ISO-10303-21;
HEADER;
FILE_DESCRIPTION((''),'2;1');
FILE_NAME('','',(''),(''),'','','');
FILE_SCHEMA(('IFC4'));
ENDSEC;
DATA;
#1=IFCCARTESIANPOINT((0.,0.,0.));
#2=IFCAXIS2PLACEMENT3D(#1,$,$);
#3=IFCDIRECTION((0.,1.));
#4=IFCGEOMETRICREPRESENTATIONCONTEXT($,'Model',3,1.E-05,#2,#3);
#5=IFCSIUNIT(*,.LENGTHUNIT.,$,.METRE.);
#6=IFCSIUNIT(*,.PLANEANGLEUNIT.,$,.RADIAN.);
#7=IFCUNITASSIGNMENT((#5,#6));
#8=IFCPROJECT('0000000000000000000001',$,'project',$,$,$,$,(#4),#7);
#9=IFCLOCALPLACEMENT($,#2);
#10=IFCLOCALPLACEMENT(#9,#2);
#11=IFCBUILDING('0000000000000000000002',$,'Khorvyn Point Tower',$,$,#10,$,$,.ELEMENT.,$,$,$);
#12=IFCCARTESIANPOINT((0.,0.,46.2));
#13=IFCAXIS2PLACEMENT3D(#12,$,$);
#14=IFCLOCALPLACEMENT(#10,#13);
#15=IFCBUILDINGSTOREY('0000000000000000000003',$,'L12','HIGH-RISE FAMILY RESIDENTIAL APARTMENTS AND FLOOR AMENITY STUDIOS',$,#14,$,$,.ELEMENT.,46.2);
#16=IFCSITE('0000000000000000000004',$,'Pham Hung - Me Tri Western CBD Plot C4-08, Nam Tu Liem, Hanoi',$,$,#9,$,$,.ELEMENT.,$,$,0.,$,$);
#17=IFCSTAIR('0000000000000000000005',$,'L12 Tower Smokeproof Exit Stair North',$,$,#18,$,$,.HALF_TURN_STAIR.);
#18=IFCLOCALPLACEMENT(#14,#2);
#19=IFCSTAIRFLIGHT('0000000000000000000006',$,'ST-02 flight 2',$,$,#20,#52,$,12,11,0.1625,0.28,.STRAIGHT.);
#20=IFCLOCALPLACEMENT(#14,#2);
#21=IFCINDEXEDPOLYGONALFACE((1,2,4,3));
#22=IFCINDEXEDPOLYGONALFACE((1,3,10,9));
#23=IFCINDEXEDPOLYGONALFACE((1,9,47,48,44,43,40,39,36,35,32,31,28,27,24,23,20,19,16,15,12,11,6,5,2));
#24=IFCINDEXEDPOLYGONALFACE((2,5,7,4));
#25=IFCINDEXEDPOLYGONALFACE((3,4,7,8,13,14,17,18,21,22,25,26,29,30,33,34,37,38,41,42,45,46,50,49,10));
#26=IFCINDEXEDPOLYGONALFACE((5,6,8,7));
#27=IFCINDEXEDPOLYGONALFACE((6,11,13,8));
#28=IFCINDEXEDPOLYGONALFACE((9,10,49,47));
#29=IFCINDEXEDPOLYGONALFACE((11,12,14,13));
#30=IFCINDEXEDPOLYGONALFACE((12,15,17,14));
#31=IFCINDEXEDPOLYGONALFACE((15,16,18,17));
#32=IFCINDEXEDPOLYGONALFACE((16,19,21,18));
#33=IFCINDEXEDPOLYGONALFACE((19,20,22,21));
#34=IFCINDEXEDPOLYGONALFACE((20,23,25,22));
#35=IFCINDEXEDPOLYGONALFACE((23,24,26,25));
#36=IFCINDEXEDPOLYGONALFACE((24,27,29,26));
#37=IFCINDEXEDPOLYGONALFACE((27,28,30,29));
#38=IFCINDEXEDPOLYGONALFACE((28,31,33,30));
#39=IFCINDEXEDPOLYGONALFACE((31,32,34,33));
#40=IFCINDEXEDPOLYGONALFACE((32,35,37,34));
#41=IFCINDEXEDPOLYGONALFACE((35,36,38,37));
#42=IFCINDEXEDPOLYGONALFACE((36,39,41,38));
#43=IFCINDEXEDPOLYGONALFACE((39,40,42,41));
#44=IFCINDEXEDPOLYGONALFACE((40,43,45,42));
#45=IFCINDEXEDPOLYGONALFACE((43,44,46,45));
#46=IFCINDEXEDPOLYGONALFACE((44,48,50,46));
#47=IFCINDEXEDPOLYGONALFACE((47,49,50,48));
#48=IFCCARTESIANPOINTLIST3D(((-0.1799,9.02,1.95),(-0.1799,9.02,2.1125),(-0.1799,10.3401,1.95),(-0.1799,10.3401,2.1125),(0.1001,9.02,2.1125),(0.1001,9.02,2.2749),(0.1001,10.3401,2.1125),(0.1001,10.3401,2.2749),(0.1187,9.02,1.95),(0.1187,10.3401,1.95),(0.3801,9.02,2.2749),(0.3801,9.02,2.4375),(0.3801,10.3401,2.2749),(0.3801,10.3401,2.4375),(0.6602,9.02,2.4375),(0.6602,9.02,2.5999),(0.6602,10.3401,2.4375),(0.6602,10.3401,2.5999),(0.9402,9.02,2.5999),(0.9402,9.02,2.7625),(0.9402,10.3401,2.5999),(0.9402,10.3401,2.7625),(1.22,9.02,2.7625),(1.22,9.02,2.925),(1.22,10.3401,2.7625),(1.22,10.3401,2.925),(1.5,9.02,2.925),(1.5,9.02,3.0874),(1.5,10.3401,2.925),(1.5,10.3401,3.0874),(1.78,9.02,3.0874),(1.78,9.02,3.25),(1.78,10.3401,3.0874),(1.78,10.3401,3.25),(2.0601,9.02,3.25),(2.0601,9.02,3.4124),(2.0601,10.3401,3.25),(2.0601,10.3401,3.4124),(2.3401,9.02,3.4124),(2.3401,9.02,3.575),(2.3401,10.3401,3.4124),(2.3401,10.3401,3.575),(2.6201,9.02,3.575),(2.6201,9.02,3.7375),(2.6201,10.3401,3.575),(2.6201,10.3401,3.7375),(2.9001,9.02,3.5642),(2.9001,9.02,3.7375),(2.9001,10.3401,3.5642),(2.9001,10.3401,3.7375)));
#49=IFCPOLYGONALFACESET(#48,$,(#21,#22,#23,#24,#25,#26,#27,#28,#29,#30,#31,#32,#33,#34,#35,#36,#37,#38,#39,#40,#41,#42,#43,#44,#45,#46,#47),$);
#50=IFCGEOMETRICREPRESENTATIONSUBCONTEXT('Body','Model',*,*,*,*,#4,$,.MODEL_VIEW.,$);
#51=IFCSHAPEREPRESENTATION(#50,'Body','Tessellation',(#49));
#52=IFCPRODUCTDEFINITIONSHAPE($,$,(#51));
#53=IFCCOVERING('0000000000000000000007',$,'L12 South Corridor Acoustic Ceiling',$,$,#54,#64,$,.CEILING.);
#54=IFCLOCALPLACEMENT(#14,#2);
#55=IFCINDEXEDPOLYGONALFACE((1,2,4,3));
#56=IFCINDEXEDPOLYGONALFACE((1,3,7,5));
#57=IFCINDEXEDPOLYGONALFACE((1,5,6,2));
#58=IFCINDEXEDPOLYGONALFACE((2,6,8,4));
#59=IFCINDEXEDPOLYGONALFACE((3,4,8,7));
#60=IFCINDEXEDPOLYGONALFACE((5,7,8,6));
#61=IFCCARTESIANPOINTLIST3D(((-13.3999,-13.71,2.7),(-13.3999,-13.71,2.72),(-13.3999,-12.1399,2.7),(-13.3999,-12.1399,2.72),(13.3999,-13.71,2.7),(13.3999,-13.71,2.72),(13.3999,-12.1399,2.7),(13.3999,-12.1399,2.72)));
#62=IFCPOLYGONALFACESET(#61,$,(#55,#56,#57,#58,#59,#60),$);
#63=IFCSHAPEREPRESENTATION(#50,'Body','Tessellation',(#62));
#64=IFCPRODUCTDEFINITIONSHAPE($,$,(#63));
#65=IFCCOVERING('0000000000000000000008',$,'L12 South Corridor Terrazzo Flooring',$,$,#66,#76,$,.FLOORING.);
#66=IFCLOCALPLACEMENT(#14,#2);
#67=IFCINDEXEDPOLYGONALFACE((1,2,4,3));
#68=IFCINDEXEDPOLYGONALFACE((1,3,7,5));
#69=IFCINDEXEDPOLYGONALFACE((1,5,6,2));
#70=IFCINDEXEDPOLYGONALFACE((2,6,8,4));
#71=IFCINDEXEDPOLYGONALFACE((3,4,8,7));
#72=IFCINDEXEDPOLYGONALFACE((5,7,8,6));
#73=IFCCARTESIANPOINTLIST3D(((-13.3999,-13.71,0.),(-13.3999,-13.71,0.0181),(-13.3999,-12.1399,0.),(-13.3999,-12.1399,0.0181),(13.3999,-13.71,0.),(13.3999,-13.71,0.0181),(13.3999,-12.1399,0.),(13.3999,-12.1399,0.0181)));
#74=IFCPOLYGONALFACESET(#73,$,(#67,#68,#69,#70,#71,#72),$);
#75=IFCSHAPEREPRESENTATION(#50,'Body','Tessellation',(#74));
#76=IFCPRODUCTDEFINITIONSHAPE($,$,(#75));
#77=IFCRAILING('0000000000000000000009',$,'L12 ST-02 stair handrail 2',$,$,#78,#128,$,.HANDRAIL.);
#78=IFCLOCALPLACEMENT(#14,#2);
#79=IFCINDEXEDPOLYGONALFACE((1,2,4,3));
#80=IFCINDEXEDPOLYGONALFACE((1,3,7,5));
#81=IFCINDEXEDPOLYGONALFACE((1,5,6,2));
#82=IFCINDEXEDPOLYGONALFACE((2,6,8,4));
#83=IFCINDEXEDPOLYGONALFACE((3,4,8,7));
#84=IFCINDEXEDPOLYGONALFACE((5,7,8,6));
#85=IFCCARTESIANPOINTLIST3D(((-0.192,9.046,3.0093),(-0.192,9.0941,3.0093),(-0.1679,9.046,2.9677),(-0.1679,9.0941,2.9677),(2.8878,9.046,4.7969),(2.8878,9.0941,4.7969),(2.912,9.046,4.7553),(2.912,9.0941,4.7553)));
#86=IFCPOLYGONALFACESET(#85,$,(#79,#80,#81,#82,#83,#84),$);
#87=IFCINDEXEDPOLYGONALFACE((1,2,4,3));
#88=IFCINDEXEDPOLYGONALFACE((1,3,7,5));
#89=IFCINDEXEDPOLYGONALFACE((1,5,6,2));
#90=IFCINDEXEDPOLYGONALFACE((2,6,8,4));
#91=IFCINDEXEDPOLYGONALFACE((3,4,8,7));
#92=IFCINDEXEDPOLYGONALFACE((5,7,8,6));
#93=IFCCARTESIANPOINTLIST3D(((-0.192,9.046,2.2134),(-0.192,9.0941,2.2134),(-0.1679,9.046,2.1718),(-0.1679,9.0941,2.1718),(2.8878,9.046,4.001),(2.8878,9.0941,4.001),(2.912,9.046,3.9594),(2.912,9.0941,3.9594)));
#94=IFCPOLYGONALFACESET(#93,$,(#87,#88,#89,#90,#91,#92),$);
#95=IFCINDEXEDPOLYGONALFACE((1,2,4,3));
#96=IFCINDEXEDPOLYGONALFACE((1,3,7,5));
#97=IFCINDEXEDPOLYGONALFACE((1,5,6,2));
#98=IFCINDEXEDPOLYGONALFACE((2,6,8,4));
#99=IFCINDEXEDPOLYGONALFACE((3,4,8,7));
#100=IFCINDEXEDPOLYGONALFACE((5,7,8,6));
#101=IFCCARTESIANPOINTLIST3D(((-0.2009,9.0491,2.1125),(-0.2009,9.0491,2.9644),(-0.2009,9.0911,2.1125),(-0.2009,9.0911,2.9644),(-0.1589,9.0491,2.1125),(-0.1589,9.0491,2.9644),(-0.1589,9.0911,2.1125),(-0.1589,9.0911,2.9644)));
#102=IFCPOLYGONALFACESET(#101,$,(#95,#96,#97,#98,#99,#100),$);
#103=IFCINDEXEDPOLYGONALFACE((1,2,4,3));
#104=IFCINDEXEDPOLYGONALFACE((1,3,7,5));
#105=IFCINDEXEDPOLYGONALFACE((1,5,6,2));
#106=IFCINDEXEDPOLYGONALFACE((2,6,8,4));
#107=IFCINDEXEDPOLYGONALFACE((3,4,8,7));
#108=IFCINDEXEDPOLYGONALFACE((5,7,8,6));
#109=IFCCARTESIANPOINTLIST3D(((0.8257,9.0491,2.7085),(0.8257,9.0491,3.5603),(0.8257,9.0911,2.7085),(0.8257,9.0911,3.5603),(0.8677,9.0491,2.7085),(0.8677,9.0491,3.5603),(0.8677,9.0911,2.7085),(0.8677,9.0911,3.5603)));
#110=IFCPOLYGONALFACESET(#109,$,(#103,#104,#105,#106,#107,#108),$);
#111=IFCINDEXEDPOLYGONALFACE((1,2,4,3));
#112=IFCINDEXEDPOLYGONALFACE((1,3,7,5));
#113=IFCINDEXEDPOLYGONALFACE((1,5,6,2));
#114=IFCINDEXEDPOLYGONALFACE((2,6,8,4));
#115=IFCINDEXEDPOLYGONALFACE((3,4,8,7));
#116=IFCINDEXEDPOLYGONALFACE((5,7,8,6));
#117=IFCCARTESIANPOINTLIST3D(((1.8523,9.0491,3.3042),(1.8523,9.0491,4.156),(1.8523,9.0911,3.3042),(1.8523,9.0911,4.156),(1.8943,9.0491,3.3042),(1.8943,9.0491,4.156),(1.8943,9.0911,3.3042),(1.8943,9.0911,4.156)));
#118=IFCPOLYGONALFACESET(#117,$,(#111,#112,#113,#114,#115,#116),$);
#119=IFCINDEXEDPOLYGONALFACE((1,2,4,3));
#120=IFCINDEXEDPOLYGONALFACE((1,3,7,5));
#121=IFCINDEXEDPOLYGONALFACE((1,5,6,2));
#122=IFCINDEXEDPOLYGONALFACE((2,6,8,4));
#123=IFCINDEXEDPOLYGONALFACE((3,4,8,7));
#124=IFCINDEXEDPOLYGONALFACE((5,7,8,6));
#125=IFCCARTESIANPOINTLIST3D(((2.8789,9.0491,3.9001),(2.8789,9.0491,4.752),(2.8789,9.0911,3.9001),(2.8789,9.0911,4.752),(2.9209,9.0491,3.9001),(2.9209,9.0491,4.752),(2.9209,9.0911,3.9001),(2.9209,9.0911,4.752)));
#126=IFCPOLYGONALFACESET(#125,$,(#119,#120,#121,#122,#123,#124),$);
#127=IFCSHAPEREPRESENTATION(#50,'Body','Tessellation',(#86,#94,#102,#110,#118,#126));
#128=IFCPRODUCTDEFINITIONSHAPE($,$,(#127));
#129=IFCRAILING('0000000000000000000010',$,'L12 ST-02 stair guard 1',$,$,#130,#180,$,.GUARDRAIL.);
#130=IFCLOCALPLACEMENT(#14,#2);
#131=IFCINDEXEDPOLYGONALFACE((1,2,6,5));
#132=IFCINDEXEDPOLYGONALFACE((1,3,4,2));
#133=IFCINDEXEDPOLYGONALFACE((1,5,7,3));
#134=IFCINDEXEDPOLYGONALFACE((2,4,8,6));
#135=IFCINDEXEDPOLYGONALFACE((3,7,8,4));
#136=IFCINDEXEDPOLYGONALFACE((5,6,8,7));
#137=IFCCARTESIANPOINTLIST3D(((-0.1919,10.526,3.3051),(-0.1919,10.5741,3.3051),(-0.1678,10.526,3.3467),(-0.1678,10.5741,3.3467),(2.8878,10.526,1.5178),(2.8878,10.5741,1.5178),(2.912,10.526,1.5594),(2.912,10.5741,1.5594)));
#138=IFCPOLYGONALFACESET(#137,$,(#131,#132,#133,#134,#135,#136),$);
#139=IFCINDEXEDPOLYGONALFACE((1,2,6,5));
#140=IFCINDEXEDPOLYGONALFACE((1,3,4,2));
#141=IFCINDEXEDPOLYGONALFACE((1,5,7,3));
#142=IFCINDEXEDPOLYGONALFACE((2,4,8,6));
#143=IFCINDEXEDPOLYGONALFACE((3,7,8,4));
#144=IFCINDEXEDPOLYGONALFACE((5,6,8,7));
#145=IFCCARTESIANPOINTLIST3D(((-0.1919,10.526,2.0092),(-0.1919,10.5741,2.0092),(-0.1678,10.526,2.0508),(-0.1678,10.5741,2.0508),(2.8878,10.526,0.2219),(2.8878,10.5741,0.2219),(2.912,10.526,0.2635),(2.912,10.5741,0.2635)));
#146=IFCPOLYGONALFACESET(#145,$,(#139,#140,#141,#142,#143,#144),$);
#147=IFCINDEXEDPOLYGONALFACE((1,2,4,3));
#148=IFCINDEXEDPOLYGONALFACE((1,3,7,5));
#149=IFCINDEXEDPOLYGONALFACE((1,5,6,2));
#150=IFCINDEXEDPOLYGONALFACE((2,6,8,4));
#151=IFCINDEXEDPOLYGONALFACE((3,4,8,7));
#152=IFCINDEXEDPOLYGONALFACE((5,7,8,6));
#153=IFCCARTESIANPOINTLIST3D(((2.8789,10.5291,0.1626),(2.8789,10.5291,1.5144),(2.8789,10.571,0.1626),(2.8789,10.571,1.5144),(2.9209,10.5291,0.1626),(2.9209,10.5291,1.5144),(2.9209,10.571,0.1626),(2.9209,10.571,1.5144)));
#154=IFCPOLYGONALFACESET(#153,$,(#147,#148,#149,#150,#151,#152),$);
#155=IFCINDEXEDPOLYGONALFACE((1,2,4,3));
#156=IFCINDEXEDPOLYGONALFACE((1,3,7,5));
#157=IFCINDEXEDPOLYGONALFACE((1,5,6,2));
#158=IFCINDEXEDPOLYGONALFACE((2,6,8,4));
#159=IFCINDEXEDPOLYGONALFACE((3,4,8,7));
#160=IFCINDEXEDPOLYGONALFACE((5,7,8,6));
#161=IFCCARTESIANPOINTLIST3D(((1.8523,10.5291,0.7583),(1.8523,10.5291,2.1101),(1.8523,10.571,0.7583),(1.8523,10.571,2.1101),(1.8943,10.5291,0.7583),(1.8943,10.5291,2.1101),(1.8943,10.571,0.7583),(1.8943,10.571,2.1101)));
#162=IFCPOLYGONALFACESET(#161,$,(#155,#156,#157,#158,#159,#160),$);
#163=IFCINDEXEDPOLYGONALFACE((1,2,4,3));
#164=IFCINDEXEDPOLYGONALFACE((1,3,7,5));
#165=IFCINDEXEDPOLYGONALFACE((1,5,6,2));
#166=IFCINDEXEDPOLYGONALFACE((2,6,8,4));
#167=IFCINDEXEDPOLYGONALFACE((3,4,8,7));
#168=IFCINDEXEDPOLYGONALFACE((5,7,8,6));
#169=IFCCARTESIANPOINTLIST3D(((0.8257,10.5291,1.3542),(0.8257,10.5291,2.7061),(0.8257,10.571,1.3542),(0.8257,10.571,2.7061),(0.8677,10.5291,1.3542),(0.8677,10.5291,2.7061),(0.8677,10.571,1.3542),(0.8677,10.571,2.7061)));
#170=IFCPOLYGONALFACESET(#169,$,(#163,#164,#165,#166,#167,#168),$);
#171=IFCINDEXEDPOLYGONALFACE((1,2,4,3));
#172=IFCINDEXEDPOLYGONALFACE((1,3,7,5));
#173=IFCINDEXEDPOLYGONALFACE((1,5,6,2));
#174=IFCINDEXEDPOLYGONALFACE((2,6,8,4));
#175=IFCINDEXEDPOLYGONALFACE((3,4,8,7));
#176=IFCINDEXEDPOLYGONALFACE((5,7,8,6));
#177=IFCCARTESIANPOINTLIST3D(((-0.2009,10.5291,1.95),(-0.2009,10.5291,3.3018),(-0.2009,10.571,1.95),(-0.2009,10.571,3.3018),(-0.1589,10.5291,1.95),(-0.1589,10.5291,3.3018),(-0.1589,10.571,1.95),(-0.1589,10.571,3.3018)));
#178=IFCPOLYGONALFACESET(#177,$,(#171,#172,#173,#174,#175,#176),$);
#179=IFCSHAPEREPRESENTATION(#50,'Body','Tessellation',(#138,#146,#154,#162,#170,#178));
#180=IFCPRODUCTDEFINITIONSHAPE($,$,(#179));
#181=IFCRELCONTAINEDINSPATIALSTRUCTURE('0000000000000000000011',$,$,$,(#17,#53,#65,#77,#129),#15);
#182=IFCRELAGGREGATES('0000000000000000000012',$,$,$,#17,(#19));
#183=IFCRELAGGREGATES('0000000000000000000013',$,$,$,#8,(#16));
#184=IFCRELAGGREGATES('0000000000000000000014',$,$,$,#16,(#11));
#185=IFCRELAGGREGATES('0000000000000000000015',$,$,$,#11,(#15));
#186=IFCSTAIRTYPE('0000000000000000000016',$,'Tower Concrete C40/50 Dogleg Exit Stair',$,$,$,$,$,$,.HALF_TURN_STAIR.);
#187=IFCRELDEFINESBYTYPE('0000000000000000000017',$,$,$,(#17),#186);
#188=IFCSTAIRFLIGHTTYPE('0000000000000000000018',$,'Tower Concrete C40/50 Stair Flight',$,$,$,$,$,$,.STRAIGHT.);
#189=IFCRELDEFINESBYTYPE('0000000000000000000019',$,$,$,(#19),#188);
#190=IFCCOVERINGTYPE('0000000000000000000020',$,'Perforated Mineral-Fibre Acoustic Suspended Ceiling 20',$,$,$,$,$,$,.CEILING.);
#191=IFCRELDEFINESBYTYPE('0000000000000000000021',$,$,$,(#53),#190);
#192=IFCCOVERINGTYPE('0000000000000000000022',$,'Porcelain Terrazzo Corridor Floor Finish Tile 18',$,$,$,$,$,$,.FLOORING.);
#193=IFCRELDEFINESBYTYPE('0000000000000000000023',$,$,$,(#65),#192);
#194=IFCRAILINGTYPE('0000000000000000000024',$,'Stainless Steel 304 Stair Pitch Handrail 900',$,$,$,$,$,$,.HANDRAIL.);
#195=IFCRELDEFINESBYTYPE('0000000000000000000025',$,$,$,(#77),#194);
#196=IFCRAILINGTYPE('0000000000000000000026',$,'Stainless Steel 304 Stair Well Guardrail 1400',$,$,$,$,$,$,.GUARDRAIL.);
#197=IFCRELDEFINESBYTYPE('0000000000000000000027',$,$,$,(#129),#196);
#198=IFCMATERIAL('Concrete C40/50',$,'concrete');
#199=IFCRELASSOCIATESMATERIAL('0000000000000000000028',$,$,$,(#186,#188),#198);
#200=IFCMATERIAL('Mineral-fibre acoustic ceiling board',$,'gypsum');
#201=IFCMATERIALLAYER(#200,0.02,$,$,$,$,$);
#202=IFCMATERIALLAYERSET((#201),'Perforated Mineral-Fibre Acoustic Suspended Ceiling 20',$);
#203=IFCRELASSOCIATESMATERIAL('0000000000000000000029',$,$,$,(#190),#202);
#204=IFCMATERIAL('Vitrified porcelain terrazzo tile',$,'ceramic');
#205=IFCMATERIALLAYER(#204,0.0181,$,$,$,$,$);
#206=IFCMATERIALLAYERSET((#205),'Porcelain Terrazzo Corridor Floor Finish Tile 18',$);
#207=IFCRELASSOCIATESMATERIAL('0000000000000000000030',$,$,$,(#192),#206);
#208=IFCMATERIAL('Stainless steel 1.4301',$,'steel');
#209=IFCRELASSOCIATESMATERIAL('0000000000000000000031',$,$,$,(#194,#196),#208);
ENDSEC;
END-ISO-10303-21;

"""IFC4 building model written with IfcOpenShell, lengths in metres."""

from ifc_helpers import new_model, si_unit, direction, frame, origin, origin_2d, place, context, subcontext, project, spatial, polyline, rectangle, outline, extrude, material, layer, layer_set, type_object, element, aggregate, save


model = new_model("IFC4")

# Units and contexts
model_context = context("Model", 3, precision=1e-05, world=origin(), true_north=direction((0.0, 1.0)))
body_context = subcontext(model_context, "Body", "Model", "MODEL_VIEW")
ifc_project = project(units=[si_unit("LENGTHUNIT", "METRE"), si_unit("PLANEANGLEUNIT", "RADIAN")], contexts=[model_context])

# Site, building, storey
site_placement = place(None, origin())
site = spatial("IfcSite", under=ifc_project, at=site_placement, Name="Pham Hung - Me Tri Western CBD Plot C4-08, Nam Tu Liem, Hanoi", CompositionType="ELEMENT", RefElevation=0.0)
building_placement = place(site_placement, origin())
building = spatial("IfcBuilding", under=site, at=building_placement, Name="Khorvyn Point Tower", CompositionType="ELEMENT")
storey_placement = place(building_placement, frame((0.0, 0.0, 46.2)))
storey = spatial("IfcBuildingStorey", under=building, at=storey_placement, Name="L12", Description="HIGH-RISE FAMILY RESIDENTIAL APARTMENTS AND FLOOR AMENITY STUDIOS", CompositionType="ELEMENT", Elevation=46.2)

# Shared definitions
ifc_material_1 = material(Name="Concrete C40/50", Category="concrete")

# Stair
stair_type = type_object("IfcStairType", Name="Tower Concrete C40/50 Dogleg Exit Stair", PredefinedType="HALF_TURN_STAIR", material=ifc_material_1)
stair_1_placement = place(storey_placement, origin())
stair_1 = element("IfcStair", 1, at=stair_1_placement, inside=storey, type_object=stair_type, Name="L12 Tower Smokeproof Exit Stair North", PredefinedType="HALF_TURN_STAIR")

# Shared definitions
ifc_material_2 = material(Name="Stainless steel 1.4301", Category="steel")

# Stair flight
stair_flight_type = type_object("IfcStairFlightType", Name="Tower Concrete C40/50 Stair Flight", PredefinedType="STRAIGHT", material=ifc_material_1)
stair_flight_1_placement = place(storey_placement, frame((-0.1799, 9.6799, 1.95), z_axis=(0.0, 0.0, 1.0), x_axis=(1.0, 0.0, 0.0)))
stair_flight_1 = element("IfcStairFlight", 2, at=stair_flight_1_placement, type_object=stair_flight_type, Name="ST-02 flight 2", NumberOfRisers=12, NumberOfTreads=11, PredefinedType="STRAIGHT", RiserHeight=0.1625, TreadLength=0.28, context=body_context, shape_type="SweptSolid", body=[
    extrude(outline(polyline([(0.0, 0.0), (0.0, 0.1626), (0.28, 0.1626), (0.28, 0.325), (0.5601, 0.325), (0.5601, 0.4875), (0.8401, 0.4875), (0.8401, 0.6499), (1.1201, 0.6499), (1.1201, 0.8125), (1.3999, 0.8125), (1.3999, 0.9751), (1.6799, 0.9751), (1.6799, 1.1375), (1.96, 1.1375), (1.96, 1.3), (2.24, 1.3), (2.24, 1.4624), (2.52, 1.4624), (2.52, 1.625), (2.8, 1.625), (2.8, 1.7876), (3.0801, 1.7876), (3.0801, 1.95), (3.0801, 1.6143), (0.2986, 0.0), (0.0, 0.0)])), frame((0.0, 0.6602, 0.0), z_axis=(0.0, -1.0, 0.0), x_axis=(1.0, 0.0, 0.0)), (0.0, 0.0, 1.0), 1.3201),
])
aggregate(stair_1, [stair_flight_1])

# Coverings
ifc_material_3 = material(Name="Mineral-fibre acoustic ceiling board", Category="gypsum")
ifc_layer_1 = layer(ifc_material_3, 0.02)
ifc_layer_set_1 = layer_set([ifc_layer_1], Name="Perforated Mineral-Fibre Acoustic Suspended Ceiling 20")
covering_type_1 = type_object("IfcCoveringType", Name="Perforated Mineral-Fibre Acoustic Suspended Ceiling 20", PredefinedType="CEILING", material=ifc_layer_set_1)
covering_1_placement = place(storey_placement, frame((0.0, 0.0, 2.7)))
element("IfcCovering", 3, at=covering_1_placement, inside=storey, type_object=covering_type_1, Name="L12 South Corridor Acoustic Ceiling", PredefinedType="CEILING", context=body_context, shape_type="SweptSolid", body=[
    extrude(outline(polyline([(-13.3999, -13.71), (13.3999, -13.71), (13.3999, -12.1399), (-13.3999, -12.1399), (-13.3999, -13.71)])), origin(), (0.0, 0.0, 1.0), 0.02),
])
ifc_material_4 = material(Name="Vitrified porcelain terrazzo tile", Category="ceramic")
ifc_layer_2 = layer(ifc_material_4, 0.0181)
ifc_layer_set_2 = layer_set([ifc_layer_2], Name="Porcelain Terrazzo Corridor Floor Finish Tile 18")
covering_type_2 = type_object("IfcCoveringType", Name="Porcelain Terrazzo Corridor Floor Finish Tile 18", PredefinedType="FLOORING", material=ifc_layer_set_2)
covering_2_placement = place(storey_placement, origin())
element("IfcCovering", 4, at=covering_2_placement, inside=storey, type_object=covering_type_2, Name="L12 South Corridor Terrazzo Flooring", PredefinedType="FLOORING", context=body_context, shape_type="SweptSolid", body=[
    extrude(outline(polyline([(-13.3999, -13.71), (13.3999, -13.71), (13.3999, -12.1399), (-13.3999, -12.1399), (-13.3999, -13.71)])), origin(), (0.0, 0.0, 1.0), 0.0181),
])

# Railings
railing_type_1 = type_object("IfcRailingType", Name="Stainless Steel 304 Stair Pitch Handrail 900", PredefinedType="HANDRAIL", material=ifc_material_2)
railing_1_placement = place(storey_placement, frame((-0.1799, 9.0701, 2.1125)))
element("IfcRailing", 5, at=railing_1_placement, inside=storey, type_object=railing_type_1, Name="L12 ST-02 stair handrail 2", PredefinedType="HANDRAIL", context=body_context, shape_type="SweptSolid", body=[
    extrude(rectangle(XDim=0.0481, YDim=0.0481, at=origin_2d()), frame((0.0, 0.0, 0.876), z_axis=(0.864873, 0.0, 0.50199), x_axis=(0.0, 1.0, 0.0)), (0.0, 0.0, 1.0), 3.561),
    extrude(rectangle(XDim=0.0481, YDim=0.0481, at=origin_2d()), frame((0.0, 0.0, 0.0801), z_axis=(0.864873, 0.0, 0.50199), x_axis=(0.0, 1.0, 0.0)), (0.0, 0.0, 1.0), 3.561),
    extrude(rectangle(XDim=0.042, YDim=0.042, at=origin_2d()), origin(), (0.0, 0.0, 1.0), 0.8518),
    extrude(rectangle(XDim=0.042, YDim=0.042, at=origin_2d()), frame((1.0266, 0.0, 0.5959)), (0.0, 0.0, 1.0), 0.8518),
    extrude(rectangle(XDim=0.042, YDim=0.042, at=origin_2d()), frame((2.0532, 0.0, 1.1917)), (0.0, 0.0, 1.0), 0.8518),
    extrude(rectangle(XDim=0.042, YDim=0.042, at=origin_2d()), frame((3.0798, 0.0, 1.7876)), (0.0, 0.0, 1.0), 0.8518),
])
railing_type_2 = type_object("IfcRailingType", Name="Stainless Steel 304 Stair Well Guardrail 1400", PredefinedType="GUARDRAIL", material=ifc_material_2)
railing_2_placement = place(storey_placement, frame((2.8999, 10.55, 0.1626)))
element("IfcRailing", 6, at=railing_2_placement, inside=storey, type_object=railing_type_2, Name="L12 ST-02 stair guard 1", PredefinedType="GUARDRAIL", context=body_context, shape_type="SweptSolid", body=[
    extrude(rectangle(XDim=0.0481, YDim=0.0481, at=origin_2d()), frame((0.0, 0.0, 1.376), z_axis=(-0.864903, 0.0, 0.501939), x_axis=(0.0, -1.0, 0.0)), (0.0, 0.0, 1.0), 3.5608),
    extrude(rectangle(XDim=0.0481, YDim=0.0481, at=origin_2d()), frame((0.0, 0.0, 0.0801), z_axis=(-0.864903, 0.0, 0.501939), x_axis=(0.0, -1.0, 0.0)), (0.0, 0.0, 1.0), 3.5608),
    extrude(rectangle(XDim=0.042, YDim=0.042, at=origin_2d()), origin(), (0.0, 0.0, 1.0), 1.3518),
    extrude(rectangle(XDim=0.042, YDim=0.042, at=origin_2d()), frame((-1.0266, 0.0, 0.5957)), (0.0, 0.0, 1.0), 1.3518),
    extrude(rectangle(XDim=0.042, YDim=0.042, at=origin_2d()), frame((-2.0532, 0.0, 1.1917)), (0.0, 0.0, 1.0), 1.3518),
    extrude(rectangle(XDim=0.042, YDim=0.042, at=origin_2d()), frame((-3.0798, 0.0, 1.7874)), (0.0, 0.0, 1.0), 1.3518),
])

save(model, "model.ifc")
